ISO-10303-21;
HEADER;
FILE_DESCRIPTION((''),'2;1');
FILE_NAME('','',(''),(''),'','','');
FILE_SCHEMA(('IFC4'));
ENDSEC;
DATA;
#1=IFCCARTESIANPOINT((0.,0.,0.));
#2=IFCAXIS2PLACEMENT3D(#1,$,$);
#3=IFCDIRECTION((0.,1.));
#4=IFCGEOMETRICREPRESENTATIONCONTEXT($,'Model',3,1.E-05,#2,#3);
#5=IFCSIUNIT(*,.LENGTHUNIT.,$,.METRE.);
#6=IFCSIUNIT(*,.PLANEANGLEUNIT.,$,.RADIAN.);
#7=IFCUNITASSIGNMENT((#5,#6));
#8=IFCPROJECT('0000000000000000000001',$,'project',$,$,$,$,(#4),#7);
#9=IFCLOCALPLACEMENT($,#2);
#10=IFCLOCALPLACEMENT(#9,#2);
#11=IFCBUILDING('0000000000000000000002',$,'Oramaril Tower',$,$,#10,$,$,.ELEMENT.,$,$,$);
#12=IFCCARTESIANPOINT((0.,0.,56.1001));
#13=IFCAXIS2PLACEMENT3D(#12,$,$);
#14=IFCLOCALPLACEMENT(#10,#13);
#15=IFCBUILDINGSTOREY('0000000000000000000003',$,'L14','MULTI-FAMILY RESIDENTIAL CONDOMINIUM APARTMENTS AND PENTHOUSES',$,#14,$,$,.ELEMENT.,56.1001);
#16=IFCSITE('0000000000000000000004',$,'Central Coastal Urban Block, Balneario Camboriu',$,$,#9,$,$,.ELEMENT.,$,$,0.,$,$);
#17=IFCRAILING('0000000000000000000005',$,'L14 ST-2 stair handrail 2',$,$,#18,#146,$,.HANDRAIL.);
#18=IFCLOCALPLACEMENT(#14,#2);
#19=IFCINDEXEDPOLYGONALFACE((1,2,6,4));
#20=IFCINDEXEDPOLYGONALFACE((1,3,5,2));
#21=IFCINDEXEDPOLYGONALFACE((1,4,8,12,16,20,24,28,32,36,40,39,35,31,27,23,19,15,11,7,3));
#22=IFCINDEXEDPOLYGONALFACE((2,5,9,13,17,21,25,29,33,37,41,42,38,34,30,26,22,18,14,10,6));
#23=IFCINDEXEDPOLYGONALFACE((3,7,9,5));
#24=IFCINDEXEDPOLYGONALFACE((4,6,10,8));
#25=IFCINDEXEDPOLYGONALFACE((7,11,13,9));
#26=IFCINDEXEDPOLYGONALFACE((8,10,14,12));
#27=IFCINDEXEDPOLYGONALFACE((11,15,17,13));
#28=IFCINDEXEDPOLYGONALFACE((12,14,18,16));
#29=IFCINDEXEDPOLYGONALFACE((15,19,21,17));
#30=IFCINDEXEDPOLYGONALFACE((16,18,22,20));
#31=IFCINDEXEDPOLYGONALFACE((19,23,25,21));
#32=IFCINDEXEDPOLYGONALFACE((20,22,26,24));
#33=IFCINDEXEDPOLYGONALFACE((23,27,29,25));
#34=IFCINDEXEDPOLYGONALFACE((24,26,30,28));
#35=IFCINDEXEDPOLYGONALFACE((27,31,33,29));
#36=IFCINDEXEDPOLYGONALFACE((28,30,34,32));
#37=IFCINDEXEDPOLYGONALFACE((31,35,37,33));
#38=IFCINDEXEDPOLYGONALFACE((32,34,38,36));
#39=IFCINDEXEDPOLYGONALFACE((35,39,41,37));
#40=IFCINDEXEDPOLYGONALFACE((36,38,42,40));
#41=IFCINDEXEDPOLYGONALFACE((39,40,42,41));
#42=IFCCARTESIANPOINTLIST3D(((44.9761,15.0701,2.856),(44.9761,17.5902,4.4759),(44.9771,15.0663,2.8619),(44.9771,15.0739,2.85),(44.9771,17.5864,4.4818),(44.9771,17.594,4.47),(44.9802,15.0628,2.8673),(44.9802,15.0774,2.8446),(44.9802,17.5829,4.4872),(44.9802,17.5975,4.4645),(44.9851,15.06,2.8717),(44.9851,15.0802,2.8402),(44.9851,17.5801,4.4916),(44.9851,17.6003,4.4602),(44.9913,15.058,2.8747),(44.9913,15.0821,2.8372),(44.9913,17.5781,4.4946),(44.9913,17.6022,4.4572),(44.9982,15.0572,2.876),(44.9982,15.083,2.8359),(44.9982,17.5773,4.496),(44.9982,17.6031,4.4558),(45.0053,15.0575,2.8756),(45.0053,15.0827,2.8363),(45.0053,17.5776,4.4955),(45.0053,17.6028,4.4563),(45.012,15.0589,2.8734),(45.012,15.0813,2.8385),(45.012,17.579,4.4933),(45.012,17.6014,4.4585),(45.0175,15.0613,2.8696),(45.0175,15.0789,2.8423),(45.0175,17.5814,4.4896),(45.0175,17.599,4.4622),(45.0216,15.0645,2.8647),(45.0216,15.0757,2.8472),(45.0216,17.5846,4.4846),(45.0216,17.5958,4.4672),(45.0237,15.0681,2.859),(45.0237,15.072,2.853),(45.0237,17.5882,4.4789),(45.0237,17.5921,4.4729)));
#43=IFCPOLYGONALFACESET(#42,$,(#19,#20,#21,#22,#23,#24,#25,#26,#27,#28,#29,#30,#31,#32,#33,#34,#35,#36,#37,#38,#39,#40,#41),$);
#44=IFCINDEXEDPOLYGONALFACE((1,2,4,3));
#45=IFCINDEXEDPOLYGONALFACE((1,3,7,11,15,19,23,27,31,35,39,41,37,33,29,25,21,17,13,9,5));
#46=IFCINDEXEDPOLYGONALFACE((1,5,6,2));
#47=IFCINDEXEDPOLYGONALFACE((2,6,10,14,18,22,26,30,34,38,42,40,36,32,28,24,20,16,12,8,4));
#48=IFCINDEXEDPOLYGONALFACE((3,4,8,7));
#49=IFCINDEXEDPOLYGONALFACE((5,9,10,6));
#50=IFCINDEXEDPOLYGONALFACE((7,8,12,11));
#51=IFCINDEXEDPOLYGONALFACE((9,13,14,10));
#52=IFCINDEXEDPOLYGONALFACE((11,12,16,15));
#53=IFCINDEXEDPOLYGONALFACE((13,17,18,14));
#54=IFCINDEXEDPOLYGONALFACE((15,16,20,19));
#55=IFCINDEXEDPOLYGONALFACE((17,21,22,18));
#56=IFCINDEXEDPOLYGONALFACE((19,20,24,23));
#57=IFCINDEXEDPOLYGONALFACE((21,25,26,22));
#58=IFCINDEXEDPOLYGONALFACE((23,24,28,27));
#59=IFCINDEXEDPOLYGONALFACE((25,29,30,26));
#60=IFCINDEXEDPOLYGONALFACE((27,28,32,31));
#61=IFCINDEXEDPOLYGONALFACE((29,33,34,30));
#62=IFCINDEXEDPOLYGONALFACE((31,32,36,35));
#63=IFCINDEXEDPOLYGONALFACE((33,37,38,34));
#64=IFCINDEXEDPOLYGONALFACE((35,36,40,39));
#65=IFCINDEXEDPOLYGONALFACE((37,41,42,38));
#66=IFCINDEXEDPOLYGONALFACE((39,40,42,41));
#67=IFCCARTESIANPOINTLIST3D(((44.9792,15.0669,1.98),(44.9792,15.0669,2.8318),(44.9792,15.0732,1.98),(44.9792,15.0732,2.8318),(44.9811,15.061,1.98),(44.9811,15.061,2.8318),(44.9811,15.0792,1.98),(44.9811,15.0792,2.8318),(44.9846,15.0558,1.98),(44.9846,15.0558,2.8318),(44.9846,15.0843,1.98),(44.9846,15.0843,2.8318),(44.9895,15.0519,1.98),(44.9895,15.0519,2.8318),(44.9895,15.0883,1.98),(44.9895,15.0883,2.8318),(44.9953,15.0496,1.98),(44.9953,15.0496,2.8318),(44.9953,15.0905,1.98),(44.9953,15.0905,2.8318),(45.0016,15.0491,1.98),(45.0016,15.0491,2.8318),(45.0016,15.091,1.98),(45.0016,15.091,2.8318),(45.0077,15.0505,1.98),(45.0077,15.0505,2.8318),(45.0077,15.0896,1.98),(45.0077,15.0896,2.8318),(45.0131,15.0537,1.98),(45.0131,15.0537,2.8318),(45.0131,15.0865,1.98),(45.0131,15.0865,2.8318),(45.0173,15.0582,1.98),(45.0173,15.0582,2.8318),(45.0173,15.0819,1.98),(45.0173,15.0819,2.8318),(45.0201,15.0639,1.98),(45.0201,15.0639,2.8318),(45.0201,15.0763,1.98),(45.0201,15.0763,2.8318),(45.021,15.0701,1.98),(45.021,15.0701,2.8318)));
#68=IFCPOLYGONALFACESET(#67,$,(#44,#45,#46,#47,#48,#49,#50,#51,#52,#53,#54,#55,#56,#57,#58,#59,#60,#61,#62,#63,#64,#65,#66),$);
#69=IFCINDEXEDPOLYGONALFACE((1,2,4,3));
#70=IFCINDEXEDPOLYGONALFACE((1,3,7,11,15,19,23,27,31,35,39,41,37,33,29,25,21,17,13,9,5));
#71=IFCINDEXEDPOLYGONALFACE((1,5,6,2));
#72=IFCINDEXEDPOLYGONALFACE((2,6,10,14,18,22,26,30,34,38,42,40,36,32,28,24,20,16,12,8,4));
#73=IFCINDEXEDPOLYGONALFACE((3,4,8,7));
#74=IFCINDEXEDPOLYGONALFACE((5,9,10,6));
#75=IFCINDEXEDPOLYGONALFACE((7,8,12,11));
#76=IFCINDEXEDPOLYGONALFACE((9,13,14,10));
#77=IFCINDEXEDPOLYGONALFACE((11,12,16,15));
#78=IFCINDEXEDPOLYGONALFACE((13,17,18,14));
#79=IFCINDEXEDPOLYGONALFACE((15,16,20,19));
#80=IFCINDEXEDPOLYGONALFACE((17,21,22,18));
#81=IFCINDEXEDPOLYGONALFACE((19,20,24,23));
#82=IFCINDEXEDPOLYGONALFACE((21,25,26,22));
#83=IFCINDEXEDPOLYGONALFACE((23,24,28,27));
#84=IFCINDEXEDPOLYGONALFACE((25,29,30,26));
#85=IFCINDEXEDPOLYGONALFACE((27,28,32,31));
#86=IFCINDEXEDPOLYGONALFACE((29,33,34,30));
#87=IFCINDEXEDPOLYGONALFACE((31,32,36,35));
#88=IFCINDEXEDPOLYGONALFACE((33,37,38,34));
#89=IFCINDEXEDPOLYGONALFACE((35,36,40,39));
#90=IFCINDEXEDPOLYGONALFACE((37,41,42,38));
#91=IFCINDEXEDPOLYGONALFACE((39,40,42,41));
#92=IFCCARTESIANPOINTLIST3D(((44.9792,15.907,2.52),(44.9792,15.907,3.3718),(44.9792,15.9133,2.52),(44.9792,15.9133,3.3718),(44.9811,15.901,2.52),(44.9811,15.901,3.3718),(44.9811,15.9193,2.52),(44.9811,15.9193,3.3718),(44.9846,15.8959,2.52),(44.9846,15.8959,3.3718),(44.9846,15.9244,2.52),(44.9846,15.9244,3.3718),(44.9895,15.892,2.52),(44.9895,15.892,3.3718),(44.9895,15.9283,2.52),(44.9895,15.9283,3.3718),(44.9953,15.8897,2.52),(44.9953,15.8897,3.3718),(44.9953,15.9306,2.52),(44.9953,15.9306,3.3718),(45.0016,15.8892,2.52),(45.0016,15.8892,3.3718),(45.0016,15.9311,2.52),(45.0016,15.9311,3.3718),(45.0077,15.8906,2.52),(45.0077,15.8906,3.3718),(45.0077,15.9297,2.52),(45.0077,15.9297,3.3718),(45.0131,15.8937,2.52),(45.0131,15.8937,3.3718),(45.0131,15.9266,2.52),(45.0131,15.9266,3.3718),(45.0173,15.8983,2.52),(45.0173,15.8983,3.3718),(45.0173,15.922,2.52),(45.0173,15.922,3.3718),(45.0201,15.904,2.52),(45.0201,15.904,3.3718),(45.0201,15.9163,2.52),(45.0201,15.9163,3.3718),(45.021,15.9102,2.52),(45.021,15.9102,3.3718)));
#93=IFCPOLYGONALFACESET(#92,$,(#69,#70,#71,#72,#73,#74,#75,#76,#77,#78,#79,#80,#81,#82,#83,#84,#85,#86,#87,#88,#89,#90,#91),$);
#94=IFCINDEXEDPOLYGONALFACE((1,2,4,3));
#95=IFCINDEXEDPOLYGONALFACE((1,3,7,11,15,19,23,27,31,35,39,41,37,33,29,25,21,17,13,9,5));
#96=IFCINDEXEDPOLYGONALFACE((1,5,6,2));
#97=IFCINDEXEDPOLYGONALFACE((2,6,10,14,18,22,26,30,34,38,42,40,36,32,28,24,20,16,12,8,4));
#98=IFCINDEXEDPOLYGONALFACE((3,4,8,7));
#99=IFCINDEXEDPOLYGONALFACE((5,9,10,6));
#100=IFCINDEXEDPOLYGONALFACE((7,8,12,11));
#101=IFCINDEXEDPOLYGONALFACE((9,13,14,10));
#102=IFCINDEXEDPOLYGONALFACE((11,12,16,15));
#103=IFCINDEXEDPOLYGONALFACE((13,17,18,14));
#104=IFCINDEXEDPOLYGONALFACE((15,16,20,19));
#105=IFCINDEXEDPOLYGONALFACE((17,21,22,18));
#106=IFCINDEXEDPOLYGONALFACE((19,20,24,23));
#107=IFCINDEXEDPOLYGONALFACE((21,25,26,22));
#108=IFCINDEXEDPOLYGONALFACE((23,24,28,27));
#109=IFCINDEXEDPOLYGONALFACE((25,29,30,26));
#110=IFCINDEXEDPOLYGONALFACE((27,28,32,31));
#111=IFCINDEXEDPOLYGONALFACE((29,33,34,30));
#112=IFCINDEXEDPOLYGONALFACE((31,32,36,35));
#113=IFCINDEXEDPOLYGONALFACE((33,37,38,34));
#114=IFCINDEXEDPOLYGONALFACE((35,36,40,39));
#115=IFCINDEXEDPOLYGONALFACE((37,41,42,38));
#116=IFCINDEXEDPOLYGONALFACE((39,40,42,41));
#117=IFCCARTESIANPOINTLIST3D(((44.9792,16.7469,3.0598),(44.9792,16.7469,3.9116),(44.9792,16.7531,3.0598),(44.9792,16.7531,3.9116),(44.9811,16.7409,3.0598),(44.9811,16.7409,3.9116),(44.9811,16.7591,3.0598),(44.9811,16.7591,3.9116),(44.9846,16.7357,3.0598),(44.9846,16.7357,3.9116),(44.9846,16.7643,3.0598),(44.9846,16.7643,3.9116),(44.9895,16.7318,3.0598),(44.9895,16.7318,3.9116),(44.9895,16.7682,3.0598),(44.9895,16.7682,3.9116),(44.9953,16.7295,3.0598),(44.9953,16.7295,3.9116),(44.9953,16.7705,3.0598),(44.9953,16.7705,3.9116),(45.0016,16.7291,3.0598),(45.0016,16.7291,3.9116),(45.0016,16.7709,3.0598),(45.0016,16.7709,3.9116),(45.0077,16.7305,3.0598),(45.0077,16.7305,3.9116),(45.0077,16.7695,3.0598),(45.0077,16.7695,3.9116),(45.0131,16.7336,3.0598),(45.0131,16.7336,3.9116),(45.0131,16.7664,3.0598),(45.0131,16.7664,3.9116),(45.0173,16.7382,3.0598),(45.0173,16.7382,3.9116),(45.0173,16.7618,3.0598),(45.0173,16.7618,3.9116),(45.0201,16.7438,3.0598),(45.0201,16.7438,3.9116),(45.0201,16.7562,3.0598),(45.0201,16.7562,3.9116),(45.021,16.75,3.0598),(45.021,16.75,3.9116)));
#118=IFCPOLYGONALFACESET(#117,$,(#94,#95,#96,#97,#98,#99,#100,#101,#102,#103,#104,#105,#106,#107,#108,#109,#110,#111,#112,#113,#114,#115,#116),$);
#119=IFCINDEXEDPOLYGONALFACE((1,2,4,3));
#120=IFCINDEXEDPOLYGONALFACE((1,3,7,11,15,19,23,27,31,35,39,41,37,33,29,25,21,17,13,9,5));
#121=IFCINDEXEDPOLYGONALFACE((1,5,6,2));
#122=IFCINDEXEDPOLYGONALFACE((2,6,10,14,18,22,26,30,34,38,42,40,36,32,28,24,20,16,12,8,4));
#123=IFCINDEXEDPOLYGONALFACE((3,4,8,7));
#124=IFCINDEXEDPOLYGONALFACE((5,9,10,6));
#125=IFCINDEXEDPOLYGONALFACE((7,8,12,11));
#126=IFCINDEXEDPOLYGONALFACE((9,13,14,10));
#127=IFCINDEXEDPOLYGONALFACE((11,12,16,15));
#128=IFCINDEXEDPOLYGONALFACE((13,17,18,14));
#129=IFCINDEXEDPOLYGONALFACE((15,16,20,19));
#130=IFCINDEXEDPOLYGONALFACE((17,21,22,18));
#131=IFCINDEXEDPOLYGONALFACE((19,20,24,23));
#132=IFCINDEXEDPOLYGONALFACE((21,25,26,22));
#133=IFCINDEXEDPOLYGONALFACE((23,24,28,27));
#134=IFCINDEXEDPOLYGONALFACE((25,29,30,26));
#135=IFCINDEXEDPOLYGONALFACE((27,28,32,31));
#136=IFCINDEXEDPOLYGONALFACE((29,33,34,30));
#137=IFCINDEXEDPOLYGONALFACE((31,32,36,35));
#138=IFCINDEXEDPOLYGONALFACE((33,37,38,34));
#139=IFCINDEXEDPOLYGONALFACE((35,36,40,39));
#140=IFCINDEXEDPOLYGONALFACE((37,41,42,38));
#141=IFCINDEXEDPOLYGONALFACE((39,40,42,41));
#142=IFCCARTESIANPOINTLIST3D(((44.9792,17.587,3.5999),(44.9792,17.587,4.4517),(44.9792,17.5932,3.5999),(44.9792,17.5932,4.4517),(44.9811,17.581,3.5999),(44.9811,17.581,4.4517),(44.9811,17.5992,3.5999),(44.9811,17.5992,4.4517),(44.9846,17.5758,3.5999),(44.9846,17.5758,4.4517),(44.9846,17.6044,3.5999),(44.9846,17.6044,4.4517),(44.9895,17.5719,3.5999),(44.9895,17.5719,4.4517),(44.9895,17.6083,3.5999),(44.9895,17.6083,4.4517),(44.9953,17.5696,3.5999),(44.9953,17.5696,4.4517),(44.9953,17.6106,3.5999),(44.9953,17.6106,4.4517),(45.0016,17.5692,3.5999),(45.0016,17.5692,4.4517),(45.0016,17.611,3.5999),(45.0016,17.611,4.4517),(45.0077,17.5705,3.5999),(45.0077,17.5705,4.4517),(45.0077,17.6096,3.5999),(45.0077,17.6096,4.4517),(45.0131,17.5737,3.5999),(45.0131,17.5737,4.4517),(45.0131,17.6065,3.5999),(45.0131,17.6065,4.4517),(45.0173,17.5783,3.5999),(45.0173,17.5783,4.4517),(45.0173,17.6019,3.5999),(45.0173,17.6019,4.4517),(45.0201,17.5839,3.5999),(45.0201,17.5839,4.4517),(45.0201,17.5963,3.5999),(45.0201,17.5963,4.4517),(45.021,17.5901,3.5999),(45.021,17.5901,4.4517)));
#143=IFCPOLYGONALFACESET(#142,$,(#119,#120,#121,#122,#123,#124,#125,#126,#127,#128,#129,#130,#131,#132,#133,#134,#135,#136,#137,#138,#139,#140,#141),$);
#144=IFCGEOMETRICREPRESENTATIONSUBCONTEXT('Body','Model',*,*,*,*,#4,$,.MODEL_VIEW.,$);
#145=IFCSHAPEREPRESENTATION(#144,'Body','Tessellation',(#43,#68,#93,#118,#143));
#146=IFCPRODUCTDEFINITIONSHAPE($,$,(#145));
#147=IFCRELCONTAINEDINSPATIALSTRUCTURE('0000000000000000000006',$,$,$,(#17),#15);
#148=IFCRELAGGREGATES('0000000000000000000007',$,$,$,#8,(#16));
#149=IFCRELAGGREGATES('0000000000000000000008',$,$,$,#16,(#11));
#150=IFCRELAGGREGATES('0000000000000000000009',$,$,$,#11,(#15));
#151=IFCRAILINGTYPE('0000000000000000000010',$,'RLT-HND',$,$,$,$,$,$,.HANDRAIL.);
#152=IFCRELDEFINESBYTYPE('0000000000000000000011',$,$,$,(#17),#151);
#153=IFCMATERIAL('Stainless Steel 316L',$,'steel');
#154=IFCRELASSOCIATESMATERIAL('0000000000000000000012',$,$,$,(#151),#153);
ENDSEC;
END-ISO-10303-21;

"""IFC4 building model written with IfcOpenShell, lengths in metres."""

from ifc_helpers import new_model, si_unit, direction, frame, origin, origin_2d, place, context, subcontext, project, spatial, circle, extrude, material, type_object, element, save


model = new_model("IFC4")

# Units and contexts
model_context = context("Model", 3, precision=1e-05, world=origin(), true_north=direction((0.0, 1.0)))
body_context = subcontext(model_context, "Body", "Model", "MODEL_VIEW")
ifc_project = project(units=[si_unit("LENGTHUNIT", "METRE"), si_unit("PLANEANGLEUNIT", "RADIAN")], contexts=[model_context])

# Site, building, storey
site_placement = place(None, origin())
site = spatial("IfcSite", under=ifc_project, at=site_placement, Name="Central Coastal Urban Block, Balneario Camboriu", CompositionType="ELEMENT", RefElevation=0.0)
building_placement = place(site_placement, origin())
building = spatial("IfcBuilding", under=site, at=building_placement, Name="Oramaril Tower", CompositionType="ELEMENT")
storey_placement = place(building_placement, frame((0.0, 0.0, 56.1001)))
storey = spatial("IfcBuildingStorey", under=building, at=storey_placement, Name="L14", Description="MULTI-FAMILY RESIDENTIAL CONDOMINIUM APARTMENTS AND PENTHOUSES", CompositionType="ELEMENT", Elevation=56.1001)

# Railing
ifc_material_1 = material(Name="Stainless Steel 316L", Category="steel")
railing_type_1 = type_object("IfcRailingType", Name="RLT-HND", PredefinedType="HANDRAIL", material=ifc_material_1)
for number, where, name in (
    (1, (45.0, 15.0701, 1.98), "L14 ST-2 stair handrail 2"),
):
    element("IfcRailing", number, at=place(storey_placement, frame(where)), inside=storey, type_object=railing_type_1, Name=name, PredefinedType="HANDRAIL", context=body_context, shape_type="SweptSolid", body=[
        extrude(circle(Radius=0.0239, at=origin_2d()), frame((0.0, 0.0, 0.876), z_axis=(0.0, 0.8412, 0.540725), x_axis=(-1.0, 0.0, 0.0)), (0.0, 0.0, 1.0), 2.9958),
        extrude(circle(Radius=0.021, at=origin_2d()), origin(), (0.0, 0.0, 1.0), 0.8518),
        extrude(circle(Radius=0.021, at=origin_2d()), frame((0.0, 0.8401, 0.54)), (0.0, 0.0, 1.0), 0.8518),
        extrude(circle(Radius=0.021, at=origin_2d()), frame((0.0, 1.6799, 1.0798)), (0.0, 0.0, 1.0), 0.8518),
        extrude(circle(Radius=0.021, at=origin_2d()), frame((0.0, 2.52, 1.6199)), (0.0, 0.0, 1.0), 0.8518),
    ])

save(model, "model.ifc")
